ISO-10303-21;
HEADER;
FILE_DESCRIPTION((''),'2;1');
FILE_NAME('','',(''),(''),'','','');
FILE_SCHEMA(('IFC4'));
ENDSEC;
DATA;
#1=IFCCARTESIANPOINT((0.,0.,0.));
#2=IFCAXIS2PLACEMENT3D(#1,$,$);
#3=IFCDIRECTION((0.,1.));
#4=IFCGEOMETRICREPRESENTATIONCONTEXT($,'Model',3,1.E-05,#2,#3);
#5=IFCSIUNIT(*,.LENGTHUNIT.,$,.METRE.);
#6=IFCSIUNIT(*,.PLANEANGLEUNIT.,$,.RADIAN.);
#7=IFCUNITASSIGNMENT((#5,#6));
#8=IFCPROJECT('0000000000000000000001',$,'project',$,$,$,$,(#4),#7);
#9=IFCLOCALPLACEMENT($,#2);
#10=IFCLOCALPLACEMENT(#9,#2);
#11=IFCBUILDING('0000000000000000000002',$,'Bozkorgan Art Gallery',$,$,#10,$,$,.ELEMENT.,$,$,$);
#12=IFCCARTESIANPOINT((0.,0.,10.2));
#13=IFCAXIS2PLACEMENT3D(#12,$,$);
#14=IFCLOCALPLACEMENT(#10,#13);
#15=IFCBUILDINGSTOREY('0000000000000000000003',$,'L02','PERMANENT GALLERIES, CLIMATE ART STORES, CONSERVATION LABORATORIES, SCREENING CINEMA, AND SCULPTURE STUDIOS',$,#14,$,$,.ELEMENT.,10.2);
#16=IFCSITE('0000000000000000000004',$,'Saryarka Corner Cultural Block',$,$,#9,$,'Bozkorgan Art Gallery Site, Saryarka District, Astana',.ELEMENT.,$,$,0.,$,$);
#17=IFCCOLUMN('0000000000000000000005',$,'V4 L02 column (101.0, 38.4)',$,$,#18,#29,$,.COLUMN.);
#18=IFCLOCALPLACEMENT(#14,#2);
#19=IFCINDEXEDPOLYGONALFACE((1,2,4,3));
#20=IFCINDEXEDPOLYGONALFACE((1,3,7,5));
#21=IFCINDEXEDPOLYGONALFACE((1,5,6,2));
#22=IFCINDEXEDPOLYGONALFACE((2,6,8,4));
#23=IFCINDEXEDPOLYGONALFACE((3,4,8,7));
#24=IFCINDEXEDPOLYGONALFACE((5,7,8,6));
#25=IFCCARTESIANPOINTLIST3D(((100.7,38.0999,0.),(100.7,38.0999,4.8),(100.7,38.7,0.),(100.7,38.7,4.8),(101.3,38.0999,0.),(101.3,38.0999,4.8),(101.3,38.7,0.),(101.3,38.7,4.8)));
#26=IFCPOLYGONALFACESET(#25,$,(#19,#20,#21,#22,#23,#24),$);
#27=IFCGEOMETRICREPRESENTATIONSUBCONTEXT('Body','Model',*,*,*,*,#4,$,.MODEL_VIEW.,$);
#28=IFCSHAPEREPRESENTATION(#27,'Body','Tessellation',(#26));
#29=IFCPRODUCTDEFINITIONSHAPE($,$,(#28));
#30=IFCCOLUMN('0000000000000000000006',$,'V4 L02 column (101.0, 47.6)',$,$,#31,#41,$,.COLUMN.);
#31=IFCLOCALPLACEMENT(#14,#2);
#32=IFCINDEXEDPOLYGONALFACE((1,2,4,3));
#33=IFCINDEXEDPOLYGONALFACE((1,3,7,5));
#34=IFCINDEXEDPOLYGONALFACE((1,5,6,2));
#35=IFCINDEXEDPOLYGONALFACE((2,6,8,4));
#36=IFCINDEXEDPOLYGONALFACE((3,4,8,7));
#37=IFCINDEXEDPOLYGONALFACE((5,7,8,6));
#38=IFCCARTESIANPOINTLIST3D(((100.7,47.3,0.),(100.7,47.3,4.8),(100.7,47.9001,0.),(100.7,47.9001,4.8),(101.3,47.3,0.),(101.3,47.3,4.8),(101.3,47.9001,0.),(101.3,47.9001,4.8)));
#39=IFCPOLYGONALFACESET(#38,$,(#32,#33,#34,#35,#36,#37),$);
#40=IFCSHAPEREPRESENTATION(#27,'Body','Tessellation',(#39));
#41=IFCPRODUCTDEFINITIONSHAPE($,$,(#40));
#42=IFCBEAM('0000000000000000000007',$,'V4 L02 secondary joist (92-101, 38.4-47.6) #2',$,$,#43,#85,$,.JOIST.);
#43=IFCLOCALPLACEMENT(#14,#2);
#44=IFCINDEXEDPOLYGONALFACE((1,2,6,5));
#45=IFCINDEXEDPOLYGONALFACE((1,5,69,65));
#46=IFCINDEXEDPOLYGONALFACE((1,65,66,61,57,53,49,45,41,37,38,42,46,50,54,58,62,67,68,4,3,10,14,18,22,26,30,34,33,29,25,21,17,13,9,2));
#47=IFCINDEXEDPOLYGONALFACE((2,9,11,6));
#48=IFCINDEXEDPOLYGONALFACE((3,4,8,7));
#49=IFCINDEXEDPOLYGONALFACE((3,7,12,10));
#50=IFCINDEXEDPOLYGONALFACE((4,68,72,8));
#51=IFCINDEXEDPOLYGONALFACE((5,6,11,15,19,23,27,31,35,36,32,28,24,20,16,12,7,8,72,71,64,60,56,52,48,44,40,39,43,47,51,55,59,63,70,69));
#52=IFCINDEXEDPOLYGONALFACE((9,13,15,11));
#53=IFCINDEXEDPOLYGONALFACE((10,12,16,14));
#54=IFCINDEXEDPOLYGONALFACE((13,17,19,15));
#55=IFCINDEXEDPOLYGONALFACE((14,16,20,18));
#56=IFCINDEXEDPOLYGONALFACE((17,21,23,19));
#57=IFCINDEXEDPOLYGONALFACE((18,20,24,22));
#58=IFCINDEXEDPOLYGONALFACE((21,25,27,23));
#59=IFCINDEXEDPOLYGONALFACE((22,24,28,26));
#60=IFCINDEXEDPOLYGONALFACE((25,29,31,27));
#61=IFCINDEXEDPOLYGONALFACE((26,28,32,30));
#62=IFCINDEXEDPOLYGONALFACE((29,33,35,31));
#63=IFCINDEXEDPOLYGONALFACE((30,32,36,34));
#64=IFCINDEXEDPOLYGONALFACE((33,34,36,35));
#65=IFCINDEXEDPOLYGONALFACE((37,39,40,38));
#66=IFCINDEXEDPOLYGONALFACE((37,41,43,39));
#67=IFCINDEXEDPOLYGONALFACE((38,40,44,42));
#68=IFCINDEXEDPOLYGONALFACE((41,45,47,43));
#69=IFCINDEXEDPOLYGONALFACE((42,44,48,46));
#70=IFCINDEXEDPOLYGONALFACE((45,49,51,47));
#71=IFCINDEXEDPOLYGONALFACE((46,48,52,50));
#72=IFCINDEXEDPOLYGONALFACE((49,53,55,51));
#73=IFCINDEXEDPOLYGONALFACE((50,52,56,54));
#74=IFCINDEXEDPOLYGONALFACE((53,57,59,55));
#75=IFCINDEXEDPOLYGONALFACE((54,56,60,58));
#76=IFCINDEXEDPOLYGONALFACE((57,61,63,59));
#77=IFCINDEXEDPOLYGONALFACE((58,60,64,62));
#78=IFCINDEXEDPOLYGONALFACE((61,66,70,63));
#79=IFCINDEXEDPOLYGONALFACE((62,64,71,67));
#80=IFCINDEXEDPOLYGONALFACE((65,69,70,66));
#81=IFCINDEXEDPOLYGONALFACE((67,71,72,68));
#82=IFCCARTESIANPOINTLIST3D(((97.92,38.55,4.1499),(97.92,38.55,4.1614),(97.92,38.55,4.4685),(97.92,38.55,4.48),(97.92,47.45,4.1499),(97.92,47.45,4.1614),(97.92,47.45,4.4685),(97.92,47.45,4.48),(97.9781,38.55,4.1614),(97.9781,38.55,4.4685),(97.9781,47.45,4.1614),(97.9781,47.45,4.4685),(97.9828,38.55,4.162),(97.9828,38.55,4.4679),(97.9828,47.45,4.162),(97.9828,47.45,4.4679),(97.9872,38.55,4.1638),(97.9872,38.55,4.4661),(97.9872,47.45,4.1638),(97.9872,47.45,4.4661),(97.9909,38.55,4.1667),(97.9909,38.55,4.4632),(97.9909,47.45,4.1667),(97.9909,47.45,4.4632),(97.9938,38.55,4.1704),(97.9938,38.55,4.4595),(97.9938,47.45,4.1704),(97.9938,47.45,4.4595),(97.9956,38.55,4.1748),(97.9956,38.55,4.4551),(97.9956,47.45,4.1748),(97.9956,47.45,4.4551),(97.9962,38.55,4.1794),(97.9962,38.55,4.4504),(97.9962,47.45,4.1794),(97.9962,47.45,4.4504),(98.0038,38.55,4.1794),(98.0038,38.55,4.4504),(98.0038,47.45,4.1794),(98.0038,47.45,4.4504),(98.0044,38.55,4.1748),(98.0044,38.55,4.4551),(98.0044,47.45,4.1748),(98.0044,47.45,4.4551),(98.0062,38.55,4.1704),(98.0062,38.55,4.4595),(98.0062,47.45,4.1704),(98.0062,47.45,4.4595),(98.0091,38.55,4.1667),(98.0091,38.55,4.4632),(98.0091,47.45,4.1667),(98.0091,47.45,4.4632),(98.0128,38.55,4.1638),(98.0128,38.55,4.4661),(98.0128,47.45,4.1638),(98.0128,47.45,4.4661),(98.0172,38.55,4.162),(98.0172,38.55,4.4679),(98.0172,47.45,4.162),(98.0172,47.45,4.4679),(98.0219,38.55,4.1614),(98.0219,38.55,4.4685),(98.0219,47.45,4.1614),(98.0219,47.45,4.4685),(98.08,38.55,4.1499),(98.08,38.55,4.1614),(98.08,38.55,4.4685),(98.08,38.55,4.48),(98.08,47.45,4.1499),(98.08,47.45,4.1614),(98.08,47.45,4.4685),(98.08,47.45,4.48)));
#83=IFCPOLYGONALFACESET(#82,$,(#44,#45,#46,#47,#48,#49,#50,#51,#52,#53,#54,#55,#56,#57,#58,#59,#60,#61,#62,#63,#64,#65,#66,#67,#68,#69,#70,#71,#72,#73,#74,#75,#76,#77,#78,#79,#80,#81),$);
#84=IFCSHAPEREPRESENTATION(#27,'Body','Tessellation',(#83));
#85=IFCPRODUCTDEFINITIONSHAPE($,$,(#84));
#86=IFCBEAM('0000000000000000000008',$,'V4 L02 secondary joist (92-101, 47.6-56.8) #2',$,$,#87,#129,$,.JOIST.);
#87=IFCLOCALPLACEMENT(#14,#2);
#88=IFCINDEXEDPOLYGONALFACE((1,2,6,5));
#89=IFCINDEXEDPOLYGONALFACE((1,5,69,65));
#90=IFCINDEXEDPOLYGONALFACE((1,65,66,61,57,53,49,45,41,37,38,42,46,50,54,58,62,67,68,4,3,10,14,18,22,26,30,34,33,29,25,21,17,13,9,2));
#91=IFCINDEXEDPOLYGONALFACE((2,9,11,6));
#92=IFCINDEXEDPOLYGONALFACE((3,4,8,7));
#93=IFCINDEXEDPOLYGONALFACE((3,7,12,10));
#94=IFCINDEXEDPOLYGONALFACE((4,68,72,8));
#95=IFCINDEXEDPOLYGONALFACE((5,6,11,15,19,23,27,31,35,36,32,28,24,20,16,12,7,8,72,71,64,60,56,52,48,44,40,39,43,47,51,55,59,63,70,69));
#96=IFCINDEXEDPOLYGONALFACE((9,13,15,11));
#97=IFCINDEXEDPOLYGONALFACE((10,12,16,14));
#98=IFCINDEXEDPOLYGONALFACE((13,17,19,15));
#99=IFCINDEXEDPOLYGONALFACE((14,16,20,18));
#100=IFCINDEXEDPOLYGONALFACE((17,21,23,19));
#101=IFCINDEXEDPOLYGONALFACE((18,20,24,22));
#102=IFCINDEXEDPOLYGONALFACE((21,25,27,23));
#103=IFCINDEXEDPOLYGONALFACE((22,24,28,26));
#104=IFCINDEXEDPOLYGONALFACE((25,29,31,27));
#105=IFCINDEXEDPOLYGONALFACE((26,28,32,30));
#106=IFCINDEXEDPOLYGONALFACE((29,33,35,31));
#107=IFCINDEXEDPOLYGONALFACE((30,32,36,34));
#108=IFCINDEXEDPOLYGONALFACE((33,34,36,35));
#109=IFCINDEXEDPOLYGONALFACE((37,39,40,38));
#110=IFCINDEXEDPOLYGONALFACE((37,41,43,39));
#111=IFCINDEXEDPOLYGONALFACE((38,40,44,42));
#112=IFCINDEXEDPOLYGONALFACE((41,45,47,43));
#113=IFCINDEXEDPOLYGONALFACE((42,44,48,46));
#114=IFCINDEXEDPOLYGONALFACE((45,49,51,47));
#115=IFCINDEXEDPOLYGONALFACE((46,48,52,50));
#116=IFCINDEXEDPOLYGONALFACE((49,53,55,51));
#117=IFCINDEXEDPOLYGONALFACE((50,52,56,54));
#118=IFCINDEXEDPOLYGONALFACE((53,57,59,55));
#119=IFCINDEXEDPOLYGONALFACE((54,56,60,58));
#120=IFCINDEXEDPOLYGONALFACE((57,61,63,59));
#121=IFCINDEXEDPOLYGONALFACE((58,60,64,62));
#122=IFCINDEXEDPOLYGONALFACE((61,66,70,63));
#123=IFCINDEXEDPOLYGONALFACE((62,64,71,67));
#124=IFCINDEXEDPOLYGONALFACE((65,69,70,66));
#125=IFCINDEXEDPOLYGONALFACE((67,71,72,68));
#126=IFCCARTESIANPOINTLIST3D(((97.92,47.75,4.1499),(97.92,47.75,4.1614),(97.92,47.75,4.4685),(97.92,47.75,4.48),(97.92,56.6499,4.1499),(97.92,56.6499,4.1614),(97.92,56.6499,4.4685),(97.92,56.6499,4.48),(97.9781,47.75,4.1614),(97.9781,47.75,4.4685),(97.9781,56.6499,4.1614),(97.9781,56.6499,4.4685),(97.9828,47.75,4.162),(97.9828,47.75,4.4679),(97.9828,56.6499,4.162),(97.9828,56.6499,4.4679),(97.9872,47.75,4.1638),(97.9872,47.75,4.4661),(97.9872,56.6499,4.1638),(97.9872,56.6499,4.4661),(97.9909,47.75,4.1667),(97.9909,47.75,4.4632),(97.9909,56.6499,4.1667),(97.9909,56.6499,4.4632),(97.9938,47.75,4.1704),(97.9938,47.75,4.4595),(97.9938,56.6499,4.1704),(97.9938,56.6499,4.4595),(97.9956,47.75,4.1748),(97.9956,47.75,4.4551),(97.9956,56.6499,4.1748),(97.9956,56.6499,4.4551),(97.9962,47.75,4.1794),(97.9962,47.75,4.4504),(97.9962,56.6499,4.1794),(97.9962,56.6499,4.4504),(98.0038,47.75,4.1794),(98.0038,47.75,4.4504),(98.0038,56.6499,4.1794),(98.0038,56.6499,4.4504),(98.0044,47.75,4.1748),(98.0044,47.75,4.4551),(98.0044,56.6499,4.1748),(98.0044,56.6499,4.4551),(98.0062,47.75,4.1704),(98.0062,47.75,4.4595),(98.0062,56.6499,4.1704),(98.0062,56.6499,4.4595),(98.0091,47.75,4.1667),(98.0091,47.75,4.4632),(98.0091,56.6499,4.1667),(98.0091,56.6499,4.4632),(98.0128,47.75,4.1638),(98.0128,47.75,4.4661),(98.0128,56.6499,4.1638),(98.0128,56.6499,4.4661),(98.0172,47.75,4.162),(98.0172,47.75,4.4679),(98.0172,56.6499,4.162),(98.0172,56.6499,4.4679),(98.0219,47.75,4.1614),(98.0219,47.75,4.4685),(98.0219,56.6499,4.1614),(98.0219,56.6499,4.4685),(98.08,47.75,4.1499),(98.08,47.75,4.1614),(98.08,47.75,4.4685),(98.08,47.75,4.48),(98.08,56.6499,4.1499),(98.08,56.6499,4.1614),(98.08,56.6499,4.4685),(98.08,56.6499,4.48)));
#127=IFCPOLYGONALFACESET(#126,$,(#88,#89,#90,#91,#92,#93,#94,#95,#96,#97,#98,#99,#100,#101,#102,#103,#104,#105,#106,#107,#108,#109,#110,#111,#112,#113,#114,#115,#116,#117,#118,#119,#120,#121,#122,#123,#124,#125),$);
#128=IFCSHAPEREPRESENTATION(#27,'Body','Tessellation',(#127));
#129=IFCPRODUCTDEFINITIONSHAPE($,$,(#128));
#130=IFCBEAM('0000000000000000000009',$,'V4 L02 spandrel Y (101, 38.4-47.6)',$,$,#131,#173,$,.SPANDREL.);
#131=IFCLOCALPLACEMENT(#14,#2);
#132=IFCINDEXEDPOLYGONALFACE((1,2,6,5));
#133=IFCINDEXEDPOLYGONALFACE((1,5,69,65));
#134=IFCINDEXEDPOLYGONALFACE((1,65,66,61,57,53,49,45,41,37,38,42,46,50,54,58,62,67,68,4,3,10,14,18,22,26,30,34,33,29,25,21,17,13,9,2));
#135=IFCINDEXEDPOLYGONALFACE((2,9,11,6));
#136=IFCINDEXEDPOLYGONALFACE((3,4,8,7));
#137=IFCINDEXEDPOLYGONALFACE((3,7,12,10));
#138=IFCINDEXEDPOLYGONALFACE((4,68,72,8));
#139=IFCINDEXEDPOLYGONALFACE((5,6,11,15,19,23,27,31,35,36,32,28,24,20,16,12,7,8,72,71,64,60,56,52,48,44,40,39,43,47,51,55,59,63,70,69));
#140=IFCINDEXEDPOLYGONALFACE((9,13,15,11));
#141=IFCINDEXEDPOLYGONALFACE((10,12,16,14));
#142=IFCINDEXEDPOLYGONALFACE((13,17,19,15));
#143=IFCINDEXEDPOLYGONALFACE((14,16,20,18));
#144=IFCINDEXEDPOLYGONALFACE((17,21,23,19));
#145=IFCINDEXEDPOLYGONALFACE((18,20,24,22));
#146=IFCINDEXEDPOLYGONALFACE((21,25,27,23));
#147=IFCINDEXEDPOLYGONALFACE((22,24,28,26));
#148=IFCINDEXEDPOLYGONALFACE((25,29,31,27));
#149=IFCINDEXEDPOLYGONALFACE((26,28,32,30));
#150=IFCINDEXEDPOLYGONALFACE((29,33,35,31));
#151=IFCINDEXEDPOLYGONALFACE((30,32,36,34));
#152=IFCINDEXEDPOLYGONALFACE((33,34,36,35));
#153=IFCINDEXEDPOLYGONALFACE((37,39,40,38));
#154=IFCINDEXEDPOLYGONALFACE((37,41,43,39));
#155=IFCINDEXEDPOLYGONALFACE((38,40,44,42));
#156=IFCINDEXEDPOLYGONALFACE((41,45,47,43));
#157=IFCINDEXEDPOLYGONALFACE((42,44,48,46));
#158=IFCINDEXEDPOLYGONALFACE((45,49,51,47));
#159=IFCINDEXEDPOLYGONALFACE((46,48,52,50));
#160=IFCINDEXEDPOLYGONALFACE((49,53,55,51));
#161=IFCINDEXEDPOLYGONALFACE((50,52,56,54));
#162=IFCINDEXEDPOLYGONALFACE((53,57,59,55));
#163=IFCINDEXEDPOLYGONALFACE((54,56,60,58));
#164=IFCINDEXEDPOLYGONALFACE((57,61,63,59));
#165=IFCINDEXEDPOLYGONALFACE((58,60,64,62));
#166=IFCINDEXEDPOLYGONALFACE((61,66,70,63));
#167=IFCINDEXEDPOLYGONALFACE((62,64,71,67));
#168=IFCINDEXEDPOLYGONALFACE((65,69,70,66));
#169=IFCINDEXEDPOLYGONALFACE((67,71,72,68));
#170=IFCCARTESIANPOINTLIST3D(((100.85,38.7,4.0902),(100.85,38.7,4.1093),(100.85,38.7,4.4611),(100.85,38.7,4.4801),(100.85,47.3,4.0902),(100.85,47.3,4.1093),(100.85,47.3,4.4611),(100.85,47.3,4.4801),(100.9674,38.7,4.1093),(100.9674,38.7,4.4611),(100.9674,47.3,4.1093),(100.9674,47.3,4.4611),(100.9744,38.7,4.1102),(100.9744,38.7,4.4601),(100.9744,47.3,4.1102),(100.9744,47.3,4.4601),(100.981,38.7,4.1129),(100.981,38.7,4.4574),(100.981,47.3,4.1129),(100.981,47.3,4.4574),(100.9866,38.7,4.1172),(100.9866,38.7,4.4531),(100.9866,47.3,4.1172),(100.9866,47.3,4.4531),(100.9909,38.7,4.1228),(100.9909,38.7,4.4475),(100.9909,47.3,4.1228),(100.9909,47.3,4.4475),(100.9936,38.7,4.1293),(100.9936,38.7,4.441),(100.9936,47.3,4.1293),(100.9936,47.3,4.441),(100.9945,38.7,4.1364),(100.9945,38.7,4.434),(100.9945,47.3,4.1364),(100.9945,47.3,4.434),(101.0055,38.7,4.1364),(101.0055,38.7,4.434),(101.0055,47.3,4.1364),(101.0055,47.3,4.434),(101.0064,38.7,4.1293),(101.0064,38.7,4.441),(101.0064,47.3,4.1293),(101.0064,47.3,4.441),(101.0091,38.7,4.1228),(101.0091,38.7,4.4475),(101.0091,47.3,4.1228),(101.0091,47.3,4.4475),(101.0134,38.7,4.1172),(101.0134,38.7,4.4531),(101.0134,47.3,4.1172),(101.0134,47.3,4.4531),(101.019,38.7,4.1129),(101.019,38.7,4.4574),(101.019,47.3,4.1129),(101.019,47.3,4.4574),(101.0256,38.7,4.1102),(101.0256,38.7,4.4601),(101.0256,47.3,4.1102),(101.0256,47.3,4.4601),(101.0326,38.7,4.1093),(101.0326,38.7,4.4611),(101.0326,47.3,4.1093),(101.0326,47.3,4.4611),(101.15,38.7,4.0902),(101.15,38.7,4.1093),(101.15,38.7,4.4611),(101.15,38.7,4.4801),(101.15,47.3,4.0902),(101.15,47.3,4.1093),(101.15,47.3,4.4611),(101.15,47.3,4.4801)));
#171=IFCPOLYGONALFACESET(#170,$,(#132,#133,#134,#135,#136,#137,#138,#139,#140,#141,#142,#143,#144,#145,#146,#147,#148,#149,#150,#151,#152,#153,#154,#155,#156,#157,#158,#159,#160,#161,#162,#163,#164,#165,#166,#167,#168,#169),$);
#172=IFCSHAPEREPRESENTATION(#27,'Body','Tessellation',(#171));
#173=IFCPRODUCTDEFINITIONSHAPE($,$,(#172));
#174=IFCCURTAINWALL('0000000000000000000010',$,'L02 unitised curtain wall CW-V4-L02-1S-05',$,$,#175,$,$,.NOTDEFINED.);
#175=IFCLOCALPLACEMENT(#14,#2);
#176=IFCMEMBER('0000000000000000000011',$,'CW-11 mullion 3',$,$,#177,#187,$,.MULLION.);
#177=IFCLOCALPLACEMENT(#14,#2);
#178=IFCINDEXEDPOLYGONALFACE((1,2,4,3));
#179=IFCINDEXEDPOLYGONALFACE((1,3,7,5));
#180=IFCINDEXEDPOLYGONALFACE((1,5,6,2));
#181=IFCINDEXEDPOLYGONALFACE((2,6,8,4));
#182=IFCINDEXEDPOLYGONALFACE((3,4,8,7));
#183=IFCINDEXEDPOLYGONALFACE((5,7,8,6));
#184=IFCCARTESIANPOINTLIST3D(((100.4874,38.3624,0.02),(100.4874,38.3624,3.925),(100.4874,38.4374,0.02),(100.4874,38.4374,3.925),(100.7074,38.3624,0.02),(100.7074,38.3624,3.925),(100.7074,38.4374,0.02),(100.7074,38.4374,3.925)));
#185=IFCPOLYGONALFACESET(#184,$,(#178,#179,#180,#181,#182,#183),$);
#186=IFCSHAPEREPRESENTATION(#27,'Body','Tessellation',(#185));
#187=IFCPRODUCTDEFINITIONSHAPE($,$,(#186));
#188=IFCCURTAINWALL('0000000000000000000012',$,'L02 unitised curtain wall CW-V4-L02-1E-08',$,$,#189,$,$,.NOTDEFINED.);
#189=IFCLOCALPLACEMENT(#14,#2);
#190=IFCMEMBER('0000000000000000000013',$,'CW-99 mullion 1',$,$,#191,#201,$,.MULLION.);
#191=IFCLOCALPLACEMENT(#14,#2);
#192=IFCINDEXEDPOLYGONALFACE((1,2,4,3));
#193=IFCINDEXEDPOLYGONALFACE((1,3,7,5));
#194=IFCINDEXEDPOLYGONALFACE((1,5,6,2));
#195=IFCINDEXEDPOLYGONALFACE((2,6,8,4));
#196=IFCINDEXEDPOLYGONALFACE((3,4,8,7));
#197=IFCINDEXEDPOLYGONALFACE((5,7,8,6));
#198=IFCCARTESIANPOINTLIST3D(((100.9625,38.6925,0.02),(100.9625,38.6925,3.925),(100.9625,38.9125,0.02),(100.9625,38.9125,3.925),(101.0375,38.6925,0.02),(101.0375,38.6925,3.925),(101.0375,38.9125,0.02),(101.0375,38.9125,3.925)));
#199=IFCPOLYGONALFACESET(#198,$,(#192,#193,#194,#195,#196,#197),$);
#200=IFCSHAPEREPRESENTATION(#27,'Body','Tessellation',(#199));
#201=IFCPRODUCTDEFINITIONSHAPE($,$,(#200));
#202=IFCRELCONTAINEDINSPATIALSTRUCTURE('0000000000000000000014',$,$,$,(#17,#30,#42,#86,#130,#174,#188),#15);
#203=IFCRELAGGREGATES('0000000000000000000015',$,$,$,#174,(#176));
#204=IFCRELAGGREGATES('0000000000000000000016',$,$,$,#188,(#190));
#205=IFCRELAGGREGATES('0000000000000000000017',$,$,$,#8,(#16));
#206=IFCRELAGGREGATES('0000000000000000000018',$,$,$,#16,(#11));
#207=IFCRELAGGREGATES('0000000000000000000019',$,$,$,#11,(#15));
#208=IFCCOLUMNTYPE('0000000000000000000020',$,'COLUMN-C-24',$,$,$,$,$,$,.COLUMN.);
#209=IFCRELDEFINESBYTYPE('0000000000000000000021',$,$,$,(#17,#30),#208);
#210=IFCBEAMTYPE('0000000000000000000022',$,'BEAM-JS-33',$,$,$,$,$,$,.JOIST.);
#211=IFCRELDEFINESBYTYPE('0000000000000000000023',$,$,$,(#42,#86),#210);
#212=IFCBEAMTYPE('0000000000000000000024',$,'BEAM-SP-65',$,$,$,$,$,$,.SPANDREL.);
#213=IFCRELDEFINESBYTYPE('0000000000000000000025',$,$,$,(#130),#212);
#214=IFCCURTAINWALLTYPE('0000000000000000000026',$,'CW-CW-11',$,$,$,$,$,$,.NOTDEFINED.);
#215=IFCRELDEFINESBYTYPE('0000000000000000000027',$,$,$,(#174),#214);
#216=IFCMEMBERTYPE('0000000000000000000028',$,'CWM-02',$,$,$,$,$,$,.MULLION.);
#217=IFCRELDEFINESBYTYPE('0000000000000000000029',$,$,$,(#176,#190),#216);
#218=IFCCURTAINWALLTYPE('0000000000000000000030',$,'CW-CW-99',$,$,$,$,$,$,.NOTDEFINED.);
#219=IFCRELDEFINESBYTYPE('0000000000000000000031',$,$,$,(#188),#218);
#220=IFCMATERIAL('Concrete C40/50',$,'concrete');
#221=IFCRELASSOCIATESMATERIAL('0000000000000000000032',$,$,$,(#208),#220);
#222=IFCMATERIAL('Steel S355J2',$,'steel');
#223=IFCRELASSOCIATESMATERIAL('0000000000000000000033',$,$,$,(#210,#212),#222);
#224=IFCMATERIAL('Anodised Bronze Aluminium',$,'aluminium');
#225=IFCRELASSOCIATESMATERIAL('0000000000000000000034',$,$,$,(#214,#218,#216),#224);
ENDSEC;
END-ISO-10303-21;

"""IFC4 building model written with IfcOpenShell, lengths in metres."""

from ifc_helpers import new_model, si_unit, direction, frame, origin, origin_2d, place, context, subcontext, project, spatial, rectangle, i_section, extrude, material, material_profile, profile_set, type_object, element, aggregate, save


model = new_model("IFC4")

# Units and contexts
model_context = context("Model", 3, precision=1e-05, world=origin(), true_north=direction((0.0, 1.0)))
body_context = subcontext(model_context, "Body", "Model", "MODEL_VIEW")
ifc_project = project(units=[si_unit("LENGTHUNIT", "METRE"), si_unit("PLANEANGLEUNIT", "RADIAN")], contexts=[model_context])

# Site, building, storey
site_placement = place(None, origin())
site = spatial("IfcSite", under=ifc_project, at=site_placement, Name="Saryarka Corner Cultural Block", LongName="Bozkorgan Art Gallery Site, Saryarka District, Astana", CompositionType="ELEMENT", RefElevation=0.0)
building_placement = place(site_placement, origin())
building = spatial("IfcBuilding", under=site, at=building_placement, Name="Bozkorgan Art Gallery", CompositionType="ELEMENT")
storey_placement = place(building_placement, frame((0.0, 0.0, 10.2)))
storey = spatial("IfcBuildingStorey", under=building, at=storey_placement, Name="L02", Description="PERMANENT GALLERIES, CLIMATE ART STORES, CONSERVATION LABORATORIES, SCREENING CINEMA, AND SCULPTURE STUDIOS", CompositionType="ELEMENT", Elevation=10.2)

# Columns
ifc_material_1 = material(Name="Concrete C40/50", Category="concrete")
ifc_material_profile_1 = material_profile(ifc_material_1, rectangle(XDim=0.6001, YDim=0.6001, at=origin_2d()), Name="RC 600x600")
ifc_profile_set_1 = profile_set([ifc_material_profile_1], Name="Concrete C40/50")
column_type = type_object("IfcColumnType", Name="COLUMN-C-24", PredefinedType="COLUMN", material=ifc_profile_set_1)
for number, where, z_axis, x_axis, name in (
    (1, (101.0, 38.3999, 0.0), (0.0, 0.0, 1.0), (1.0, 0.0, 0.0), "V4 L02 column (101.0, 38.4)"),
    (2, (101.0, 47.6001, 0.0), (0.0, 0.0, 1.0), (1.0, 0.0, 0.0), "V4 L02 column (101.0, 47.6)"),
):
    element("IfcColumn", number, at=place(storey_placement, frame(where, z_axis=z_axis, x_axis=x_axis)), inside=storey, type_object=column_type, Name=name, PredefinedType="COLUMN", context=body_context, shape_type="SweptSolid", body=[
        extrude(rectangle(XDim=0.6001, YDim=0.6001, at=origin_2d()), origin(), (0.0, 0.0, 1.0), 4.8),
    ])

# Beams
ifc_material_2 = material(Name="Steel S355J2", Category="steel")
ifc_material_profile_2 = material_profile(ifc_material_2, i_section(OverallWidth=0.1599, OverallDepth=0.3301, WebThickness=0.0076, FlangeThickness=0.0115, FilletRadius=0.0181, at=origin_2d()), Name="IPE 330")
ifc_profile_set_2 = profile_set([ifc_material_profile_2], Name="Steel S355J2")
beam_type_1 = type_object("IfcBeamType", Name="BEAM-JS-33", PredefinedType="JOIST", material=ifc_profile_set_2)
for number, where, z_axis, x_axis, name in (
    (3, (98.0, 38.55, 4.3149), (0.0, 1.0, 0.0), (-1.0, 0.0, 0.0), "V4 L02 secondary joist (92-101, 38.4-47.6) #2"),
    (4, (98.0, 47.75, 4.3149), (0.0, 1.0, 0.0), (-1.0, 0.0, 0.0), "V4 L02 secondary joist (92-101, 47.6-56.8) #2"),
):
    element("IfcBeam", number, at=place(storey_placement, frame(where, z_axis=z_axis, x_axis=x_axis)), inside=storey, type_object=beam_type_1, Name=name, PredefinedType="JOIST", context=body_context, shape_type="SweptSolid", body=[
        extrude(i_section(OverallWidth=0.1599, OverallDepth=0.3301, WebThickness=0.0076, FlangeThickness=0.0115, FilletRadius=0.0181, at=origin_2d()), origin(), (0.0, 0.0, 1.0), 8.8999),
    ])
ifc_material_profile_3 = material_profile(ifc_material_2, i_section(OverallWidth=0.3, OverallDepth=0.3899, WebThickness=0.011, FlangeThickness=0.019, FilletRadius=0.0271, at=origin_2d()), Name="HEA 400")
ifc_profile_set_3 = profile_set([ifc_material_profile_3], Name="Steel S355J2")
beam_type_2 = type_object("IfcBeamType", Name="BEAM-SP-65", PredefinedType="SPANDREL", material=ifc_profile_set_3)
beam_placement = place(storey_placement, frame((101.0, 38.7, 4.2852), z_axis=(0.0, 1.0, 0.0), x_axis=(-1.0, 0.0, 0.0)))
element("IfcBeam", 5, at=beam_placement, inside=storey, type_object=beam_type_2, Name="V4 L02 spandrel Y (101, 38.4-47.6)", PredefinedType="SPANDREL", context=body_context, shape_type="SweptSolid", body=[
    extrude(i_section(OverallWidth=0.3, OverallDepth=0.3899, WebThickness=0.011, FlangeThickness=0.019, FilletRadius=0.0271, at=origin_2d()), origin(), (0.0, 0.0, 1.0), 8.6001),
])

# Curtain wall, member
ifc_material_3 = material(Name="Anodised Bronze Aluminium", Category="aluminium")
curtain_wall_type_1 = type_object("IfcCurtainWallType", Name="CW-CW-11", PredefinedType="NOTDEFINED", material=ifc_material_3)
curtain_wall_1_placement = place(storey_placement, origin())
curtain_wall_1 = element("IfcCurtainWall", 6, at=curtain_wall_1_placement, inside=storey, type_object=curtain_wall_type_1, Name="L02 unitised curtain wall CW-V4-L02-1S-05", PredefinedType="NOTDEFINED")
ifc_material_profile_4 = material_profile(ifc_material_3, rectangle(XDim=0.075, YDim=0.22, at=origin_2d()), Name="ALU MULLION 75x220")
ifc_profile_set_4 = profile_set([ifc_material_profile_4], Name="Anodised Bronze Aluminium")
member_type_1 = type_object("IfcMemberType", Name="CWM-02", PredefinedType="MULLION", material=ifc_profile_set_4)
member_1_placement = place(storey_placement, frame((100.5974, 38.3999, 0.02), z_axis=(0.0, 0.0, 1.0), x_axis=(0.0, 1.0, 0.0)))
member_1 = element("IfcMember", 7, at=member_1_placement, type_object=member_type_1, Name="CW-11 mullion 3", PredefinedType="MULLION", context=body_context, shape_type="SweptSolid", body=[
    extrude(rectangle(XDim=0.075, YDim=0.22, at=origin_2d()), origin(), (0.0, 0.0, 1.0), 3.905),
])

# Curtain wall, member
curtain_wall_type_2 = type_object("IfcCurtainWallType", Name="CW-CW-99", PredefinedType="NOTDEFINED", material=ifc_material_3)
curtain_wall_2_placement = place(storey_placement, origin())
curtain_wall_2 = element("IfcCurtainWall", 8, at=curtain_wall_2_placement, inside=storey, type_object=curtain_wall_type_2, Name="L02 unitised curtain wall CW-V4-L02-1E-08", PredefinedType="NOTDEFINED")
member_2_placement = place(storey_placement, frame((101.0, 38.8025, 0.02), z_axis=(0.0, 0.0, 1.0), x_axis=(-1.0, 0.0, 0.0)))
member_2 = element("IfcMember", 9, at=member_2_placement, type_object=member_type_1, Name="CW-99 mullion 1", PredefinedType="MULLION", context=body_context, shape_type="SweptSolid", body=[
    extrude(rectangle(XDim=0.075, YDim=0.22, at=origin_2d()), origin(), (0.0, 0.0, 1.0), 3.905),
])

aggregate(curtain_wall_1, [member_1])
aggregate(curtain_wall_2, [member_2])

save(model, "model.ifc")
